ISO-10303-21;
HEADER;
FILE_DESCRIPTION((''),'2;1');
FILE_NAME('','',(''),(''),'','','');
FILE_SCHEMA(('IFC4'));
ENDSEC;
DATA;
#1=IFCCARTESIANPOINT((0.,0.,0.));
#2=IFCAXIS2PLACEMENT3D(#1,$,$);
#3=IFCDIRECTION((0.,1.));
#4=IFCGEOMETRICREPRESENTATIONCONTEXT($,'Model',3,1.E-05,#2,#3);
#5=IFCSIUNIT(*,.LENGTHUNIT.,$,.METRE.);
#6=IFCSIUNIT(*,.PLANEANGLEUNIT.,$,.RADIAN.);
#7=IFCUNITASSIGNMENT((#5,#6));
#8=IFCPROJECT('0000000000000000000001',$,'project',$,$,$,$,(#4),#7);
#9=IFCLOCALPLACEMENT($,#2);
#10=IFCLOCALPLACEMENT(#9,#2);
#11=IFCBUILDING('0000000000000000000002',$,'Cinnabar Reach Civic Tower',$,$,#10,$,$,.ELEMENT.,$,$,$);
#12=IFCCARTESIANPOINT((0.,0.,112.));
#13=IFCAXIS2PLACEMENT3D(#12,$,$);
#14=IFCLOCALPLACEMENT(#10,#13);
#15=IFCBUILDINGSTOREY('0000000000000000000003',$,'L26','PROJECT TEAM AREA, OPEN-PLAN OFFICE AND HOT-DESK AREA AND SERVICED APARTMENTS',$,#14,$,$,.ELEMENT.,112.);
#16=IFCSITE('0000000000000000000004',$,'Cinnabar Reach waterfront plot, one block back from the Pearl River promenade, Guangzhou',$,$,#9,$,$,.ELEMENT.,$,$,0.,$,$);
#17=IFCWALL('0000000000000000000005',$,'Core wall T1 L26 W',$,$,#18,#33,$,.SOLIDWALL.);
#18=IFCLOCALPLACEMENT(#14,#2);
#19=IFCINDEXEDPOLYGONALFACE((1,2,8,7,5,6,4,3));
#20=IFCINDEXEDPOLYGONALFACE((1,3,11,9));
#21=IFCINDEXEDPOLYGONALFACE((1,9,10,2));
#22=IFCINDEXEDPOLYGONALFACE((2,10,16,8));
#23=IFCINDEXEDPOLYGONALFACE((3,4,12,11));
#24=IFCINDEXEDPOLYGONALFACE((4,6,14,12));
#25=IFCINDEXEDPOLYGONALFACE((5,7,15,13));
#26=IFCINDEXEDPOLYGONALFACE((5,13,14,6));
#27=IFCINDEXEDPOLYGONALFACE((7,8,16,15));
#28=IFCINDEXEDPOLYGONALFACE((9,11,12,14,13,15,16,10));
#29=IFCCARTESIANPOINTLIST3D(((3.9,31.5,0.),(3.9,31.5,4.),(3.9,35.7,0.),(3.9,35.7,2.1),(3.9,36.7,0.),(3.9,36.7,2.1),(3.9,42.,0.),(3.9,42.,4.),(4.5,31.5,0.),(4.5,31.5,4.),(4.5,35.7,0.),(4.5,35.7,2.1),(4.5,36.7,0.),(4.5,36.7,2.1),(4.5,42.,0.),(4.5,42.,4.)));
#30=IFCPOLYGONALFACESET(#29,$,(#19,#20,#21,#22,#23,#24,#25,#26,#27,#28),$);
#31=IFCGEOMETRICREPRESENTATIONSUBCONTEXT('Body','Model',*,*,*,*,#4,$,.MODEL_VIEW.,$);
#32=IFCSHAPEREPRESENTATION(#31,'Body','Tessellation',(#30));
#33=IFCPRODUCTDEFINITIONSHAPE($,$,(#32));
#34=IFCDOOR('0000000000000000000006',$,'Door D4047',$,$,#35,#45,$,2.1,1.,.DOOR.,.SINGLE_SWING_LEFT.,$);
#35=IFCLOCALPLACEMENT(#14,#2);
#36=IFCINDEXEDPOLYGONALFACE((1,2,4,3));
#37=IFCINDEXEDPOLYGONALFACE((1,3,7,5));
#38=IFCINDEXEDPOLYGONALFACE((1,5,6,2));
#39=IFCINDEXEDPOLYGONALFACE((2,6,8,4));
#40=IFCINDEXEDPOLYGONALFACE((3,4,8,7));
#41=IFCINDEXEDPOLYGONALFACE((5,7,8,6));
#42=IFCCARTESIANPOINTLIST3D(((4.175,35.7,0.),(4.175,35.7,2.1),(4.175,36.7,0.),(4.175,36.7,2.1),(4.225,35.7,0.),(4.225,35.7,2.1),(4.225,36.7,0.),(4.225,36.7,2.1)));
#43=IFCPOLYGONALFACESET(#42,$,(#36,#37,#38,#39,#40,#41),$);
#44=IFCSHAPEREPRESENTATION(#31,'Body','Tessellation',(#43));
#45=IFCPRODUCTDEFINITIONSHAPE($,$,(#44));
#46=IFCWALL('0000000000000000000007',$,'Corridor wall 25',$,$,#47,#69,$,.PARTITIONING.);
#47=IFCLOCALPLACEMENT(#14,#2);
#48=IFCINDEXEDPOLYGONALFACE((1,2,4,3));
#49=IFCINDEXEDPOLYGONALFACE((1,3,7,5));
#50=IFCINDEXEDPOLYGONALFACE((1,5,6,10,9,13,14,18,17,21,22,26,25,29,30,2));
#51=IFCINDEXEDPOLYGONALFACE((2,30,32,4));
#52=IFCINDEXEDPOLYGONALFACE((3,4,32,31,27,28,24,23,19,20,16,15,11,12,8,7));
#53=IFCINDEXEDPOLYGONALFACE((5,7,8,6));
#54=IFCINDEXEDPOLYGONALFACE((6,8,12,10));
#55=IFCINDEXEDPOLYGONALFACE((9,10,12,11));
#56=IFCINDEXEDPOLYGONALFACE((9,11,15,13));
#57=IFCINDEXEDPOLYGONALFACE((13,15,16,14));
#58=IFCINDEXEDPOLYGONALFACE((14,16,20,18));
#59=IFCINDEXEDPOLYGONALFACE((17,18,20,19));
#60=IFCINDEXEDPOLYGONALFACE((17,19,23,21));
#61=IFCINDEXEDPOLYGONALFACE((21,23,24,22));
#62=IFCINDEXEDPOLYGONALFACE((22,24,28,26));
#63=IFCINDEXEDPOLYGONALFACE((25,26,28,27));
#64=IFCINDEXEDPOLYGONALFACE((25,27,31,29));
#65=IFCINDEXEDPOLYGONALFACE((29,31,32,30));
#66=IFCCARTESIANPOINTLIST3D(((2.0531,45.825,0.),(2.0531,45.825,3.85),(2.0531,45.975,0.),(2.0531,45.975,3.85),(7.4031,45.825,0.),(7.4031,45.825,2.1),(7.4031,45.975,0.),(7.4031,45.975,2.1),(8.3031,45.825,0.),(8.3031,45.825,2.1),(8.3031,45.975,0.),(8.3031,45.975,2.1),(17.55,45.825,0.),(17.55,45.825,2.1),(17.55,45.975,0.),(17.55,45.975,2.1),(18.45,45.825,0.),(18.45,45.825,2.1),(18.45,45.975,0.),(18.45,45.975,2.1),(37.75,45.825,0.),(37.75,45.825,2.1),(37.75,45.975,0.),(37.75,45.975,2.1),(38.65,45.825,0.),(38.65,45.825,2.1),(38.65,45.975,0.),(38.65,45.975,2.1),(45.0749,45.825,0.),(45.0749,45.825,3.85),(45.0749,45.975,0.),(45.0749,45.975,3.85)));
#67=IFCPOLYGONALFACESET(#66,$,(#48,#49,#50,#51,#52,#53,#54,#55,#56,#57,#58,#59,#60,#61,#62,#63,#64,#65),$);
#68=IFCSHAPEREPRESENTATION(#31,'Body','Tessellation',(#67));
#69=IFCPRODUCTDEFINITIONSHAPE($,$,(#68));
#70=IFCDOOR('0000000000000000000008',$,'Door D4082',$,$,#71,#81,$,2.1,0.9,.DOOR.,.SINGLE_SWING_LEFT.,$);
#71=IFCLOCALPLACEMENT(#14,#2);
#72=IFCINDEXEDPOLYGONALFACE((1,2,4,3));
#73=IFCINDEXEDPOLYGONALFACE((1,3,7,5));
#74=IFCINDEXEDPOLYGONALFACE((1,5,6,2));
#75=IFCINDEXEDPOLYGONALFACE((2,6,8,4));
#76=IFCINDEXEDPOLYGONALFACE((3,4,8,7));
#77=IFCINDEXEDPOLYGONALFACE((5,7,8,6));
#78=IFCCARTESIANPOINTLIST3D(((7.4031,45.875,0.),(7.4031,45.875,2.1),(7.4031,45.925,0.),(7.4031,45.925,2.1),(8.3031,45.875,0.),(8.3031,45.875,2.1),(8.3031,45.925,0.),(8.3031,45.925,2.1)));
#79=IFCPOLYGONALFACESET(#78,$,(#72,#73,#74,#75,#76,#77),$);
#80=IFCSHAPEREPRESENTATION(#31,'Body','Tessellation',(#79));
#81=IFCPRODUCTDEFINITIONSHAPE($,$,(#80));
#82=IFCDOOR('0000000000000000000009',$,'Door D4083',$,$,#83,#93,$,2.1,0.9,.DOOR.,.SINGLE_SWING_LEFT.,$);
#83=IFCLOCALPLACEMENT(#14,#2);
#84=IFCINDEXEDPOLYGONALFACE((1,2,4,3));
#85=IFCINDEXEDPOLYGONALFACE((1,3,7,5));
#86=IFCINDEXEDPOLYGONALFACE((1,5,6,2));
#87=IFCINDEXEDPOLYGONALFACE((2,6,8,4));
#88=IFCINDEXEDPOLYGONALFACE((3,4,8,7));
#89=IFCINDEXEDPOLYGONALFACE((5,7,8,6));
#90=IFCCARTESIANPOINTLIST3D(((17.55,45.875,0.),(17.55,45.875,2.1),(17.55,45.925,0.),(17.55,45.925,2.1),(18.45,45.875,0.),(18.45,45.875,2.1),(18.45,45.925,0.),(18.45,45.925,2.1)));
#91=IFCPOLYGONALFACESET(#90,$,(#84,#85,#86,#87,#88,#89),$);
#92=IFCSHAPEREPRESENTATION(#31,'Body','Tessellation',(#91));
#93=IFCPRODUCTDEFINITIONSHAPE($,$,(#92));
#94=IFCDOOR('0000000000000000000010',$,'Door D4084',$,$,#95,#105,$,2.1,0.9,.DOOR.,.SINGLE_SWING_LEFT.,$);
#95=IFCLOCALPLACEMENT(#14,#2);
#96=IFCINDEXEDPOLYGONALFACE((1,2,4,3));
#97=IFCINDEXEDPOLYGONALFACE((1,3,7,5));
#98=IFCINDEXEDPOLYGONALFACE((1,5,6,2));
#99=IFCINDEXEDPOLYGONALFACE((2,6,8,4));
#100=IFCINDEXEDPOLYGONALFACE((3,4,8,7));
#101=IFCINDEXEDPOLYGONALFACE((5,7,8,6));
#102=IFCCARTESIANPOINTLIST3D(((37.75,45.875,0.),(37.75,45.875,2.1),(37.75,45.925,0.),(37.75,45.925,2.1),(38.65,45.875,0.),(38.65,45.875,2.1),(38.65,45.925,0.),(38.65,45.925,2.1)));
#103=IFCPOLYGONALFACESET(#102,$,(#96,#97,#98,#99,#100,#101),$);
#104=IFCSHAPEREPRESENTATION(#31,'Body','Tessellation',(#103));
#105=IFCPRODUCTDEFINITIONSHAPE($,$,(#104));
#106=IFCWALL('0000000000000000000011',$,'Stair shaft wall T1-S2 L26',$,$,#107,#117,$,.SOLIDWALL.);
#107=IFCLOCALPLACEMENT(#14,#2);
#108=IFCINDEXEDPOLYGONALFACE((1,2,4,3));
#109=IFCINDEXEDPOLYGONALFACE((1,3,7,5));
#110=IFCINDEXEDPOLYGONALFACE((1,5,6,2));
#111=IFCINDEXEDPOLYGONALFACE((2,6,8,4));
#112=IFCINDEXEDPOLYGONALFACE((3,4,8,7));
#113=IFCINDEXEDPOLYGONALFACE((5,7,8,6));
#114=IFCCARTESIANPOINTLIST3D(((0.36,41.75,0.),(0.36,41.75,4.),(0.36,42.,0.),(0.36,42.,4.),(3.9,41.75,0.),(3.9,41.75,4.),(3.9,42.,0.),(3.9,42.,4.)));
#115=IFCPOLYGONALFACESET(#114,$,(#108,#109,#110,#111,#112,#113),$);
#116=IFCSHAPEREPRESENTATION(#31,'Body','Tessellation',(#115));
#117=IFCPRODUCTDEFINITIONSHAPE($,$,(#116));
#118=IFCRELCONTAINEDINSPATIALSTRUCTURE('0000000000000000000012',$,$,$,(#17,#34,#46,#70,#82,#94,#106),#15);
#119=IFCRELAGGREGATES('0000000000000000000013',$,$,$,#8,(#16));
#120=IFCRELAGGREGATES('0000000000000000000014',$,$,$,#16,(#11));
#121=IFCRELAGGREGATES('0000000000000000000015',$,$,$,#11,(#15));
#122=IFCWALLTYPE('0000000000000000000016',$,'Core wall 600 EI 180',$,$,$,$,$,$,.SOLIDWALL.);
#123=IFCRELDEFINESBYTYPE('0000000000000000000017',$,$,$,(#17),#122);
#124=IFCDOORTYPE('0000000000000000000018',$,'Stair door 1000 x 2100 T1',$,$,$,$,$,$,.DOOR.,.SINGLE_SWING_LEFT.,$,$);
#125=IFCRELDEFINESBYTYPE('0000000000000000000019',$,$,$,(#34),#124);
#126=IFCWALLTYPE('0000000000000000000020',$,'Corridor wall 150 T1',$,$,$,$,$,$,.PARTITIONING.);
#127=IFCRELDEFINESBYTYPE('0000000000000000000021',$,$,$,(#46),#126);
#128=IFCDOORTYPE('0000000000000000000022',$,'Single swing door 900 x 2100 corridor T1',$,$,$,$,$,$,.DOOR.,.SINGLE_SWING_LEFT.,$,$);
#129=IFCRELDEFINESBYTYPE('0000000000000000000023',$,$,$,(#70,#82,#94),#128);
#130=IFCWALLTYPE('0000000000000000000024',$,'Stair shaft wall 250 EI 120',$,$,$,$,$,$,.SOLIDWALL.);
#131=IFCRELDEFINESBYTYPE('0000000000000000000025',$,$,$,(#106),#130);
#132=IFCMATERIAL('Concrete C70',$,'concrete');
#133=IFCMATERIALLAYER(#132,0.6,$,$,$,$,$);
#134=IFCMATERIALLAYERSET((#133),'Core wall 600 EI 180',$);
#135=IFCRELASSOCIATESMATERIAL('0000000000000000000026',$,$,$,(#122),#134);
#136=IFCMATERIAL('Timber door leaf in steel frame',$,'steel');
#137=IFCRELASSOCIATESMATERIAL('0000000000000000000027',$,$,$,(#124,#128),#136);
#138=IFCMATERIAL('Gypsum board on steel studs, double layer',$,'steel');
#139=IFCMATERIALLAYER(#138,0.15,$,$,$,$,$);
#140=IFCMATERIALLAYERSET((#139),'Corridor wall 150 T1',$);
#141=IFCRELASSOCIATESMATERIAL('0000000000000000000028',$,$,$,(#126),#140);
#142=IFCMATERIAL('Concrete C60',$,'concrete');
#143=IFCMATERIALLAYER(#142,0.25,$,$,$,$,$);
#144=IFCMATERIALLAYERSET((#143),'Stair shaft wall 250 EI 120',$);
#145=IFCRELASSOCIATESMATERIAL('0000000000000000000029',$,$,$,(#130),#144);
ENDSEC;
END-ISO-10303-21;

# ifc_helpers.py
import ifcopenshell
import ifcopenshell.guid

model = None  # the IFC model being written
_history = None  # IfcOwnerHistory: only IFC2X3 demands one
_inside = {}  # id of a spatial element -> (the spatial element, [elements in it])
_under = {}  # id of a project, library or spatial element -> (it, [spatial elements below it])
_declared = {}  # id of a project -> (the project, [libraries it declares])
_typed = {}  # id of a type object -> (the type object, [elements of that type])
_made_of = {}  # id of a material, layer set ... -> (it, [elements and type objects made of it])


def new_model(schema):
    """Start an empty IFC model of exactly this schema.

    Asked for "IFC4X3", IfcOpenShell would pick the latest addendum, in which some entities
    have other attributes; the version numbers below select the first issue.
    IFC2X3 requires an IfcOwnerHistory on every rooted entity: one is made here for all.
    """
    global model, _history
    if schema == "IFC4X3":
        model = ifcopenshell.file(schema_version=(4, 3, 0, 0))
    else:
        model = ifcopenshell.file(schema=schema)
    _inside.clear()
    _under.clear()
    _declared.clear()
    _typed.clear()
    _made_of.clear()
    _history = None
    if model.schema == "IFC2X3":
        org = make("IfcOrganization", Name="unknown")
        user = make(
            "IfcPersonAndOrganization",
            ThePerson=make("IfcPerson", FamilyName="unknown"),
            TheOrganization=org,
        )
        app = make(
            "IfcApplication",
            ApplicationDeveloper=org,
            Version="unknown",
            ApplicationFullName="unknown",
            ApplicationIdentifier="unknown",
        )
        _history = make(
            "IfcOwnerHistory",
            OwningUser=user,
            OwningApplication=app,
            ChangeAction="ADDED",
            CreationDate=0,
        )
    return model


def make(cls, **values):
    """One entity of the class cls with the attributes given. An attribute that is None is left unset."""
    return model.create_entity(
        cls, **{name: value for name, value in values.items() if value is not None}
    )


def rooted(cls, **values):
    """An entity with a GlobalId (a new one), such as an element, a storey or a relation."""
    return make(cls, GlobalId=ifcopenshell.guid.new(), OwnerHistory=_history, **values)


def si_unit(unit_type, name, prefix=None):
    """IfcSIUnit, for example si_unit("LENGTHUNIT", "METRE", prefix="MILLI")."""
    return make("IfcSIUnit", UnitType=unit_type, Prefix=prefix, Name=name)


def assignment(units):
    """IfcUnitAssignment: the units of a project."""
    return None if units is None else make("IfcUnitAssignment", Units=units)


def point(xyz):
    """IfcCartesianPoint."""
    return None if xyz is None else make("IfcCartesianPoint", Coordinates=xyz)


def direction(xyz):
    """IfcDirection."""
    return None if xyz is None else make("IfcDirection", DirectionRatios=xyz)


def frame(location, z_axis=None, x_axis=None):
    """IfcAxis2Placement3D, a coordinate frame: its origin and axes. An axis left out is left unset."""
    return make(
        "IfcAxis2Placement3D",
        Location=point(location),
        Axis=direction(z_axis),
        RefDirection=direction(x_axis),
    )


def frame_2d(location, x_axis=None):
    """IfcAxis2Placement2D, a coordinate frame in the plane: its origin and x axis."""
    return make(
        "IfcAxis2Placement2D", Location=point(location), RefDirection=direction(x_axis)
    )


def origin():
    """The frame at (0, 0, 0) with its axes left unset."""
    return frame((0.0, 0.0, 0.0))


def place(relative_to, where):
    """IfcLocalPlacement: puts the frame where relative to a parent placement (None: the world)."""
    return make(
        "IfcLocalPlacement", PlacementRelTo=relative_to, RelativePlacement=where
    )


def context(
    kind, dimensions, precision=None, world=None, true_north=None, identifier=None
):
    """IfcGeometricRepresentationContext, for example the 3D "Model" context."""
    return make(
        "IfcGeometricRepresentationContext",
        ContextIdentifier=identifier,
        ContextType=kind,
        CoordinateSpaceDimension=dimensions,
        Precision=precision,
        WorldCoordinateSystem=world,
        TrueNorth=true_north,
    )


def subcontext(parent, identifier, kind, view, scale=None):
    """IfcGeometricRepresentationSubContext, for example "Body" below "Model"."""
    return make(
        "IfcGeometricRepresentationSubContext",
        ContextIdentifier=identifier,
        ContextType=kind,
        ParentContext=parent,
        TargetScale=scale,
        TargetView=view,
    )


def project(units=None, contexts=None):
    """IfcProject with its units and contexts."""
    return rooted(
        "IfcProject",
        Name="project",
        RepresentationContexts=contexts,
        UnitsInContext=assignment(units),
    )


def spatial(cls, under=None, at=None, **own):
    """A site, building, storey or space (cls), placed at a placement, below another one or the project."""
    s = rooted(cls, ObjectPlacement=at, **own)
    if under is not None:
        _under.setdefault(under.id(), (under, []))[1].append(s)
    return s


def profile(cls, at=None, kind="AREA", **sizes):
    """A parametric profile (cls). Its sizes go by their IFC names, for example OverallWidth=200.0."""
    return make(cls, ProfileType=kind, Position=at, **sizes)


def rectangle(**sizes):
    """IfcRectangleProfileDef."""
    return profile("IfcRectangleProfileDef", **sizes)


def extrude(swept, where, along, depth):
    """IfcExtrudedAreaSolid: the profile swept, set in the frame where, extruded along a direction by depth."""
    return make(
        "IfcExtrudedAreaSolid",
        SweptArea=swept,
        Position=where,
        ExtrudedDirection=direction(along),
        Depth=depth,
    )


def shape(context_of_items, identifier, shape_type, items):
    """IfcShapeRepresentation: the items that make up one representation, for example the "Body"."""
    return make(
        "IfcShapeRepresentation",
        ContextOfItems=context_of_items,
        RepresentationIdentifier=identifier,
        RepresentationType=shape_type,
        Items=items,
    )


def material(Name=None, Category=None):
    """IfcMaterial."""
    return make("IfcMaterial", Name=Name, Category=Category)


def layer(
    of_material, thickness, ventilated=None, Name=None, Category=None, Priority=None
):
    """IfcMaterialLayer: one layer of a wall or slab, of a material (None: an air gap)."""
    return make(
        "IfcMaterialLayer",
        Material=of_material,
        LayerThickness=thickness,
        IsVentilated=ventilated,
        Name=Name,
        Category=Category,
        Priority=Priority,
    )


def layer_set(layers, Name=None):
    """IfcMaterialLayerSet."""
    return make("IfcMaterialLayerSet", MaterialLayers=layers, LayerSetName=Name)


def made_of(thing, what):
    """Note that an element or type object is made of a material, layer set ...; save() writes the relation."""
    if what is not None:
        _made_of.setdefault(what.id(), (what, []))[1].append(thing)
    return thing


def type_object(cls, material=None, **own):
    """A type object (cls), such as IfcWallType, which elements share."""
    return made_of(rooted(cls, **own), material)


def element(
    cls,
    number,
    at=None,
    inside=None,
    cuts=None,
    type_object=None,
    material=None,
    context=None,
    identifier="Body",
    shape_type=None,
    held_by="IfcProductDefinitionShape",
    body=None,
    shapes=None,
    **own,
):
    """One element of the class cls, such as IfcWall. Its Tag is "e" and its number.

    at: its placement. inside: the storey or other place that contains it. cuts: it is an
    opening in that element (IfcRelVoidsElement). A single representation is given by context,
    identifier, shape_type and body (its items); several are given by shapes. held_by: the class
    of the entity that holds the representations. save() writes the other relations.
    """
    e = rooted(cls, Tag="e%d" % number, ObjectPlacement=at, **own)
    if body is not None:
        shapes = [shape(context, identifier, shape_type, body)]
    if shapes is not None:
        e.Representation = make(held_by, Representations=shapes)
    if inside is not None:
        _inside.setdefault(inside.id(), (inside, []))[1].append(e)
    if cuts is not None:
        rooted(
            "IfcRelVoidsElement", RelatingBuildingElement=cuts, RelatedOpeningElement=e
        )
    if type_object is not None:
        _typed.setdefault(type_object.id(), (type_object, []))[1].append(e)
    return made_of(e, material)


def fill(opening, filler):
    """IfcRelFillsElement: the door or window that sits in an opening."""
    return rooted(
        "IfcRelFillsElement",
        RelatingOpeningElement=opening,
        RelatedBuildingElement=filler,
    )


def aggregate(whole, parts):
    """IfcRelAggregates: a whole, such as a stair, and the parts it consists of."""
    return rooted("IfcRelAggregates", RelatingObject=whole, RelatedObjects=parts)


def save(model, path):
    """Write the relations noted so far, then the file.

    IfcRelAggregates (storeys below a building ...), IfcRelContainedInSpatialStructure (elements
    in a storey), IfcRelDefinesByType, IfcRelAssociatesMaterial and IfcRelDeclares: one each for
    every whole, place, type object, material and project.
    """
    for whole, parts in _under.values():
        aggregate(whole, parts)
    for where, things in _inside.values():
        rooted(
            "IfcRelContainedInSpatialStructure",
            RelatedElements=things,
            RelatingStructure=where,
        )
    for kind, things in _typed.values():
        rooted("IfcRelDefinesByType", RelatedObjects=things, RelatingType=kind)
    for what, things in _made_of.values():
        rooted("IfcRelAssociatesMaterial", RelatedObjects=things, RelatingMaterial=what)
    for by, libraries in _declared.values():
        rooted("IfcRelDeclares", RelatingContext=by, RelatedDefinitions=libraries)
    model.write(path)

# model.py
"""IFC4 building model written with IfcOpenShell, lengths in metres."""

from ifc_helpers import new_model, si_unit, direction, frame, frame_2d, origin, place, context, subcontext, project, spatial, rectangle, extrude, material, layer, layer_set, type_object, element, fill, save


model = new_model("IFC4")

# Units and contexts
model_context = context("Model", 3, precision=1e-05, world=origin(), true_north=direction((0.0, 1.0)))
body_context = subcontext(model_context, "Body", "Model", "MODEL_VIEW")
ifc_project = project(units=[si_unit("LENGTHUNIT", "METRE"), si_unit("PLANEANGLEUNIT", "RADIAN")], contexts=[model_context])

# Site, building, storey
site_placement = place(None, origin())
site = spatial("IfcSite", under=ifc_project, at=site_placement, Name="Cinnabar Reach waterfront plot, one block back from the Pearl River promenade, Guangzhou", CompositionType="ELEMENT", RefElevation=0.0)
building_placement = place(site_placement, origin())
building = spatial("IfcBuilding", under=site, at=building_placement, Name="Cinnabar Reach Civic Tower", CompositionType="ELEMENT")
storey_placement = place(building_placement, frame((0.0, 0.0, 112.0)))
storey = spatial("IfcBuildingStorey", under=building, at=storey_placement, Name="L26", Description="PROJECT TEAM AREA, OPEN-PLAN OFFICE AND HOT-DESK AREA AND SERVICED APARTMENTS", CompositionType="ELEMENT", Elevation=112.0)

# Shared definitions
ifc_material_1 = material(Name="Concrete C70", Category="concrete")

# Wall, opening, door
ifc_layer_1 = layer(ifc_material_1, 0.6)
ifc_layer_set_1 = layer_set([ifc_layer_1], Name="Core wall 600 EI 180")
wall_type_1 = type_object("IfcWallType", Name="Core wall 600 EI 180", PredefinedType="SOLIDWALL", material=ifc_layer_set_1)
wall_1_placement = place(storey_placement, frame((4.2, 42.0, 0.0), z_axis=(0.0, 0.0, 1.0), x_axis=(0.0, -1.0, 0.0)))
wall_1 = element("IfcWall", 1, at=wall_1_placement, inside=storey, type_object=wall_type_1, Name="Core wall T1 L26 W", PredefinedType="SOLIDWALL", context=body_context, shape_type="SweptSolid", body=[
    extrude(rectangle(XDim=10.5, YDim=0.6, at=frame_2d((5.25, 0.0))), origin(), (0.0, 0.0, 1.0), 4.0),
])
opening_1_placement = place(wall_1_placement, frame((5.3, 0.0, 0.0)))
opening_1 = element("IfcOpeningElement", 2, at=opening_1_placement, cuts=wall_1, PredefinedType="OPENING", context=body_context, shape_type="SweptSolid", body=[
    extrude(rectangle(XDim=1.0, YDim=2.1, at=frame_2d((0.5, 1.05))), frame((0.0, 0.31, 0.0), z_axis=(0.0, -1.0, 0.0), x_axis=(1.0, 0.0, 0.0)), (0.0, 0.0, 1.0), 0.62),
])
ifc_material_2 = material(Name="Timber door leaf in steel frame", Category="steel")
door_type_1 = type_object("IfcDoorType", Name="Stair door 1000 x 2100 T1", OperationType="SINGLE_SWING_LEFT", PredefinedType="DOOR", material=ifc_material_2)
door_1_placement = place(opening_1_placement, frame((1.0, 0.0, 0.0), z_axis=(0.0, 0.0, 1.0), x_axis=(-1.0, 0.0, 0.0)))
door_1 = element("IfcDoor", 3, at=door_1_placement, inside=storey, type_object=door_type_1, Name="Door D4047", OperationType="SINGLE_SWING_LEFT", OverallHeight=2.1, OverallWidth=1.0, PredefinedType="DOOR", context=body_context, shape_type="SweptSolid", body=[
    extrude(rectangle(XDim=1.0, YDim=2.1, at=frame_2d((0.5, 1.05))), frame((0.0, 0.025, 0.0), z_axis=(0.0, -1.0, 0.0), x_axis=(1.0, 0.0, 0.0)), (0.0, 0.0, 1.0), 0.05),
])
fill(opening_1, door_1)

# Wall, openings, doors
ifc_material_3 = material(Name="Gypsum board on steel studs, double layer", Category="steel")
ifc_layer_2 = layer(ifc_material_3, 0.15)
ifc_layer_set_2 = layer_set([ifc_layer_2], Name="Corridor wall 150 T1")
wall_type_2 = type_object("IfcWallType", Name="Corridor wall 150 T1", PredefinedType="PARTITIONING", material=ifc_layer_set_2)
wall_2_placement = place(storey_placement, frame((2.0531, 45.9, 0.0), z_axis=(0.0, 0.0, 1.0), x_axis=(1.0, 0.0, 0.0)))
wall_2 = element("IfcWall", 4, at=wall_2_placement, inside=storey, type_object=wall_type_2, Name="Corridor wall 25", PredefinedType="PARTITIONING", context=body_context, shape_type="SweptSolid", body=[
    extrude(rectangle(XDim=43.0218, YDim=0.15, at=frame_2d((21.5109, 0.0))), origin(), (0.0, 0.0, 1.0), 3.85),
])
opening_2_placement = place(wall_2_placement, frame((5.35, 0.0, 0.0)))
opening_2 = element("IfcOpeningElement", 5, at=opening_2_placement, cuts=wall_2, PredefinedType="OPENING", context=body_context, shape_type="SweptSolid", body=[
    extrude(rectangle(XDim=0.9, YDim=2.1, at=frame_2d((0.45, 1.05))), frame((0.0, 0.085, 0.0), z_axis=(0.0, -1.0, 0.0), x_axis=(1.0, 0.0, 0.0)), (0.0, 0.0, 1.0), 0.17),
])
opening_3_placement = place(wall_2_placement, frame((15.4969, 0.0, 0.0)))
opening_3 = element("IfcOpeningElement", 6, at=opening_3_placement, cuts=wall_2, PredefinedType="OPENING", context=body_context, shape_type="SweptSolid", body=[
    extrude(rectangle(XDim=0.9, YDim=2.1, at=frame_2d((0.45, 1.05))), frame((0.0, 0.085, 0.0), z_axis=(0.0, -1.0, 0.0), x_axis=(1.0, 0.0, 0.0)), (0.0, 0.0, 1.0), 0.17),
])
opening_4_placement = place(wall_2_placement, frame((35.6969, 0.0, 0.0)))
opening_4 = element("IfcOpeningElement", 7, at=opening_4_placement, cuts=wall_2, PredefinedType="OPENING", context=body_context, shape_type="SweptSolid", body=[
    extrude(rectangle(XDim=0.9, YDim=2.1, at=frame_2d((0.45, 1.05))), frame((0.0, 0.085, 0.0), z_axis=(0.0, -1.0, 0.0), x_axis=(1.0, 0.0, 0.0)), (0.0, 0.0, 1.0), 0.17),
])
door_type_2 = type_object("IfcDoorType", Name="Single swing door 900 x 2100 corridor T1", OperationType="SINGLE_SWING_LEFT", PredefinedType="DOOR", material=ifc_material_2)
door_2_placement = place(opening_2_placement, origin())
door_2 = element("IfcDoor", 8, at=door_2_placement, inside=storey, type_object=door_type_2, Name="Door D4082", OperationType="SINGLE_SWING_LEFT", OverallHeight=2.1, OverallWidth=0.9, PredefinedType="DOOR", context=body_context, shape_type="SweptSolid", body=[
    extrude(rectangle(XDim=0.9, YDim=2.1, at=frame_2d((0.45, 1.05))), frame((0.0, 0.025, 0.0), z_axis=(0.0, -1.0, 0.0), x_axis=(1.0, 0.0, 0.0)), (0.0, 0.0, 1.0), 0.05),
])
fill(opening_2, door_2)
door_3_placement = place(opening_3_placement, origin())
door_3 = element("IfcDoor", 9, at=door_3_placement, inside=storey, type_object=door_type_2, Name="Door D4083", OperationType="SINGLE_SWING_LEFT", OverallHeight=2.1, OverallWidth=0.9, PredefinedType="DOOR", context=body_context, shape_type="SweptSolid", body=[
    extrude(rectangle(XDim=0.9, YDim=2.1, at=frame_2d((0.45, 1.05))), frame((0.0, 0.025, 0.0), z_axis=(0.0, -1.0, 0.0), x_axis=(1.0, 0.0, 0.0)), (0.0, 0.0, 1.0), 0.05),
])
fill(opening_3, door_3)
door_4_placement = place(opening_4_placement, origin())
door_4 = element("IfcDoor", 10, at=door_4_placement, inside=storey, type_object=door_type_2, Name="Door D4084", OperationType="SINGLE_SWING_LEFT", OverallHeight=2.1, OverallWidth=0.9, PredefinedType="DOOR", context=body_context, shape_type="SweptSolid", body=[
    extrude(rectangle(XDim=0.9, YDim=2.1, at=frame_2d((0.45, 1.05))), frame((0.0, 0.025, 0.0), z_axis=(0.0, -1.0, 0.0), x_axis=(1.0, 0.0, 0.0)), (0.0, 0.0, 1.0), 0.05),
])
fill(opening_4, door_4)

# Wall
ifc_material_4 = material(Name="Concrete C60", Category="concrete")
ifc_layer_3 = layer(ifc_material_4, 0.25)
ifc_layer_set_3 = layer_set([ifc_layer_3], Name="Stair shaft wall 250 EI 120")
wall_type_3 = type_object("IfcWallType", Name="Stair shaft wall 250 EI 120", PredefinedType="SOLIDWALL", material=ifc_layer_set_3)
wall_3_placement = place(storey_placement, frame((3.9, 41.875, 0.0), z_axis=(0.0, 0.0, 1.0), x_axis=(-1.0, 0.0, 0.0)))
element("IfcWall", 11, at=wall_3_placement, inside=storey, type_object=wall_type_3, Name="Stair shaft wall T1-S2 L26", PredefinedType="SOLIDWALL", context=body_context, shape_type="SweptSolid", body=[
    extrude(rectangle(XDim=3.54, YDim=0.25, at=frame_2d((1.77, 0.0))), origin(), (0.0, 0.0, 1.0), 4.0),
])

save(model, "model.ifc")
